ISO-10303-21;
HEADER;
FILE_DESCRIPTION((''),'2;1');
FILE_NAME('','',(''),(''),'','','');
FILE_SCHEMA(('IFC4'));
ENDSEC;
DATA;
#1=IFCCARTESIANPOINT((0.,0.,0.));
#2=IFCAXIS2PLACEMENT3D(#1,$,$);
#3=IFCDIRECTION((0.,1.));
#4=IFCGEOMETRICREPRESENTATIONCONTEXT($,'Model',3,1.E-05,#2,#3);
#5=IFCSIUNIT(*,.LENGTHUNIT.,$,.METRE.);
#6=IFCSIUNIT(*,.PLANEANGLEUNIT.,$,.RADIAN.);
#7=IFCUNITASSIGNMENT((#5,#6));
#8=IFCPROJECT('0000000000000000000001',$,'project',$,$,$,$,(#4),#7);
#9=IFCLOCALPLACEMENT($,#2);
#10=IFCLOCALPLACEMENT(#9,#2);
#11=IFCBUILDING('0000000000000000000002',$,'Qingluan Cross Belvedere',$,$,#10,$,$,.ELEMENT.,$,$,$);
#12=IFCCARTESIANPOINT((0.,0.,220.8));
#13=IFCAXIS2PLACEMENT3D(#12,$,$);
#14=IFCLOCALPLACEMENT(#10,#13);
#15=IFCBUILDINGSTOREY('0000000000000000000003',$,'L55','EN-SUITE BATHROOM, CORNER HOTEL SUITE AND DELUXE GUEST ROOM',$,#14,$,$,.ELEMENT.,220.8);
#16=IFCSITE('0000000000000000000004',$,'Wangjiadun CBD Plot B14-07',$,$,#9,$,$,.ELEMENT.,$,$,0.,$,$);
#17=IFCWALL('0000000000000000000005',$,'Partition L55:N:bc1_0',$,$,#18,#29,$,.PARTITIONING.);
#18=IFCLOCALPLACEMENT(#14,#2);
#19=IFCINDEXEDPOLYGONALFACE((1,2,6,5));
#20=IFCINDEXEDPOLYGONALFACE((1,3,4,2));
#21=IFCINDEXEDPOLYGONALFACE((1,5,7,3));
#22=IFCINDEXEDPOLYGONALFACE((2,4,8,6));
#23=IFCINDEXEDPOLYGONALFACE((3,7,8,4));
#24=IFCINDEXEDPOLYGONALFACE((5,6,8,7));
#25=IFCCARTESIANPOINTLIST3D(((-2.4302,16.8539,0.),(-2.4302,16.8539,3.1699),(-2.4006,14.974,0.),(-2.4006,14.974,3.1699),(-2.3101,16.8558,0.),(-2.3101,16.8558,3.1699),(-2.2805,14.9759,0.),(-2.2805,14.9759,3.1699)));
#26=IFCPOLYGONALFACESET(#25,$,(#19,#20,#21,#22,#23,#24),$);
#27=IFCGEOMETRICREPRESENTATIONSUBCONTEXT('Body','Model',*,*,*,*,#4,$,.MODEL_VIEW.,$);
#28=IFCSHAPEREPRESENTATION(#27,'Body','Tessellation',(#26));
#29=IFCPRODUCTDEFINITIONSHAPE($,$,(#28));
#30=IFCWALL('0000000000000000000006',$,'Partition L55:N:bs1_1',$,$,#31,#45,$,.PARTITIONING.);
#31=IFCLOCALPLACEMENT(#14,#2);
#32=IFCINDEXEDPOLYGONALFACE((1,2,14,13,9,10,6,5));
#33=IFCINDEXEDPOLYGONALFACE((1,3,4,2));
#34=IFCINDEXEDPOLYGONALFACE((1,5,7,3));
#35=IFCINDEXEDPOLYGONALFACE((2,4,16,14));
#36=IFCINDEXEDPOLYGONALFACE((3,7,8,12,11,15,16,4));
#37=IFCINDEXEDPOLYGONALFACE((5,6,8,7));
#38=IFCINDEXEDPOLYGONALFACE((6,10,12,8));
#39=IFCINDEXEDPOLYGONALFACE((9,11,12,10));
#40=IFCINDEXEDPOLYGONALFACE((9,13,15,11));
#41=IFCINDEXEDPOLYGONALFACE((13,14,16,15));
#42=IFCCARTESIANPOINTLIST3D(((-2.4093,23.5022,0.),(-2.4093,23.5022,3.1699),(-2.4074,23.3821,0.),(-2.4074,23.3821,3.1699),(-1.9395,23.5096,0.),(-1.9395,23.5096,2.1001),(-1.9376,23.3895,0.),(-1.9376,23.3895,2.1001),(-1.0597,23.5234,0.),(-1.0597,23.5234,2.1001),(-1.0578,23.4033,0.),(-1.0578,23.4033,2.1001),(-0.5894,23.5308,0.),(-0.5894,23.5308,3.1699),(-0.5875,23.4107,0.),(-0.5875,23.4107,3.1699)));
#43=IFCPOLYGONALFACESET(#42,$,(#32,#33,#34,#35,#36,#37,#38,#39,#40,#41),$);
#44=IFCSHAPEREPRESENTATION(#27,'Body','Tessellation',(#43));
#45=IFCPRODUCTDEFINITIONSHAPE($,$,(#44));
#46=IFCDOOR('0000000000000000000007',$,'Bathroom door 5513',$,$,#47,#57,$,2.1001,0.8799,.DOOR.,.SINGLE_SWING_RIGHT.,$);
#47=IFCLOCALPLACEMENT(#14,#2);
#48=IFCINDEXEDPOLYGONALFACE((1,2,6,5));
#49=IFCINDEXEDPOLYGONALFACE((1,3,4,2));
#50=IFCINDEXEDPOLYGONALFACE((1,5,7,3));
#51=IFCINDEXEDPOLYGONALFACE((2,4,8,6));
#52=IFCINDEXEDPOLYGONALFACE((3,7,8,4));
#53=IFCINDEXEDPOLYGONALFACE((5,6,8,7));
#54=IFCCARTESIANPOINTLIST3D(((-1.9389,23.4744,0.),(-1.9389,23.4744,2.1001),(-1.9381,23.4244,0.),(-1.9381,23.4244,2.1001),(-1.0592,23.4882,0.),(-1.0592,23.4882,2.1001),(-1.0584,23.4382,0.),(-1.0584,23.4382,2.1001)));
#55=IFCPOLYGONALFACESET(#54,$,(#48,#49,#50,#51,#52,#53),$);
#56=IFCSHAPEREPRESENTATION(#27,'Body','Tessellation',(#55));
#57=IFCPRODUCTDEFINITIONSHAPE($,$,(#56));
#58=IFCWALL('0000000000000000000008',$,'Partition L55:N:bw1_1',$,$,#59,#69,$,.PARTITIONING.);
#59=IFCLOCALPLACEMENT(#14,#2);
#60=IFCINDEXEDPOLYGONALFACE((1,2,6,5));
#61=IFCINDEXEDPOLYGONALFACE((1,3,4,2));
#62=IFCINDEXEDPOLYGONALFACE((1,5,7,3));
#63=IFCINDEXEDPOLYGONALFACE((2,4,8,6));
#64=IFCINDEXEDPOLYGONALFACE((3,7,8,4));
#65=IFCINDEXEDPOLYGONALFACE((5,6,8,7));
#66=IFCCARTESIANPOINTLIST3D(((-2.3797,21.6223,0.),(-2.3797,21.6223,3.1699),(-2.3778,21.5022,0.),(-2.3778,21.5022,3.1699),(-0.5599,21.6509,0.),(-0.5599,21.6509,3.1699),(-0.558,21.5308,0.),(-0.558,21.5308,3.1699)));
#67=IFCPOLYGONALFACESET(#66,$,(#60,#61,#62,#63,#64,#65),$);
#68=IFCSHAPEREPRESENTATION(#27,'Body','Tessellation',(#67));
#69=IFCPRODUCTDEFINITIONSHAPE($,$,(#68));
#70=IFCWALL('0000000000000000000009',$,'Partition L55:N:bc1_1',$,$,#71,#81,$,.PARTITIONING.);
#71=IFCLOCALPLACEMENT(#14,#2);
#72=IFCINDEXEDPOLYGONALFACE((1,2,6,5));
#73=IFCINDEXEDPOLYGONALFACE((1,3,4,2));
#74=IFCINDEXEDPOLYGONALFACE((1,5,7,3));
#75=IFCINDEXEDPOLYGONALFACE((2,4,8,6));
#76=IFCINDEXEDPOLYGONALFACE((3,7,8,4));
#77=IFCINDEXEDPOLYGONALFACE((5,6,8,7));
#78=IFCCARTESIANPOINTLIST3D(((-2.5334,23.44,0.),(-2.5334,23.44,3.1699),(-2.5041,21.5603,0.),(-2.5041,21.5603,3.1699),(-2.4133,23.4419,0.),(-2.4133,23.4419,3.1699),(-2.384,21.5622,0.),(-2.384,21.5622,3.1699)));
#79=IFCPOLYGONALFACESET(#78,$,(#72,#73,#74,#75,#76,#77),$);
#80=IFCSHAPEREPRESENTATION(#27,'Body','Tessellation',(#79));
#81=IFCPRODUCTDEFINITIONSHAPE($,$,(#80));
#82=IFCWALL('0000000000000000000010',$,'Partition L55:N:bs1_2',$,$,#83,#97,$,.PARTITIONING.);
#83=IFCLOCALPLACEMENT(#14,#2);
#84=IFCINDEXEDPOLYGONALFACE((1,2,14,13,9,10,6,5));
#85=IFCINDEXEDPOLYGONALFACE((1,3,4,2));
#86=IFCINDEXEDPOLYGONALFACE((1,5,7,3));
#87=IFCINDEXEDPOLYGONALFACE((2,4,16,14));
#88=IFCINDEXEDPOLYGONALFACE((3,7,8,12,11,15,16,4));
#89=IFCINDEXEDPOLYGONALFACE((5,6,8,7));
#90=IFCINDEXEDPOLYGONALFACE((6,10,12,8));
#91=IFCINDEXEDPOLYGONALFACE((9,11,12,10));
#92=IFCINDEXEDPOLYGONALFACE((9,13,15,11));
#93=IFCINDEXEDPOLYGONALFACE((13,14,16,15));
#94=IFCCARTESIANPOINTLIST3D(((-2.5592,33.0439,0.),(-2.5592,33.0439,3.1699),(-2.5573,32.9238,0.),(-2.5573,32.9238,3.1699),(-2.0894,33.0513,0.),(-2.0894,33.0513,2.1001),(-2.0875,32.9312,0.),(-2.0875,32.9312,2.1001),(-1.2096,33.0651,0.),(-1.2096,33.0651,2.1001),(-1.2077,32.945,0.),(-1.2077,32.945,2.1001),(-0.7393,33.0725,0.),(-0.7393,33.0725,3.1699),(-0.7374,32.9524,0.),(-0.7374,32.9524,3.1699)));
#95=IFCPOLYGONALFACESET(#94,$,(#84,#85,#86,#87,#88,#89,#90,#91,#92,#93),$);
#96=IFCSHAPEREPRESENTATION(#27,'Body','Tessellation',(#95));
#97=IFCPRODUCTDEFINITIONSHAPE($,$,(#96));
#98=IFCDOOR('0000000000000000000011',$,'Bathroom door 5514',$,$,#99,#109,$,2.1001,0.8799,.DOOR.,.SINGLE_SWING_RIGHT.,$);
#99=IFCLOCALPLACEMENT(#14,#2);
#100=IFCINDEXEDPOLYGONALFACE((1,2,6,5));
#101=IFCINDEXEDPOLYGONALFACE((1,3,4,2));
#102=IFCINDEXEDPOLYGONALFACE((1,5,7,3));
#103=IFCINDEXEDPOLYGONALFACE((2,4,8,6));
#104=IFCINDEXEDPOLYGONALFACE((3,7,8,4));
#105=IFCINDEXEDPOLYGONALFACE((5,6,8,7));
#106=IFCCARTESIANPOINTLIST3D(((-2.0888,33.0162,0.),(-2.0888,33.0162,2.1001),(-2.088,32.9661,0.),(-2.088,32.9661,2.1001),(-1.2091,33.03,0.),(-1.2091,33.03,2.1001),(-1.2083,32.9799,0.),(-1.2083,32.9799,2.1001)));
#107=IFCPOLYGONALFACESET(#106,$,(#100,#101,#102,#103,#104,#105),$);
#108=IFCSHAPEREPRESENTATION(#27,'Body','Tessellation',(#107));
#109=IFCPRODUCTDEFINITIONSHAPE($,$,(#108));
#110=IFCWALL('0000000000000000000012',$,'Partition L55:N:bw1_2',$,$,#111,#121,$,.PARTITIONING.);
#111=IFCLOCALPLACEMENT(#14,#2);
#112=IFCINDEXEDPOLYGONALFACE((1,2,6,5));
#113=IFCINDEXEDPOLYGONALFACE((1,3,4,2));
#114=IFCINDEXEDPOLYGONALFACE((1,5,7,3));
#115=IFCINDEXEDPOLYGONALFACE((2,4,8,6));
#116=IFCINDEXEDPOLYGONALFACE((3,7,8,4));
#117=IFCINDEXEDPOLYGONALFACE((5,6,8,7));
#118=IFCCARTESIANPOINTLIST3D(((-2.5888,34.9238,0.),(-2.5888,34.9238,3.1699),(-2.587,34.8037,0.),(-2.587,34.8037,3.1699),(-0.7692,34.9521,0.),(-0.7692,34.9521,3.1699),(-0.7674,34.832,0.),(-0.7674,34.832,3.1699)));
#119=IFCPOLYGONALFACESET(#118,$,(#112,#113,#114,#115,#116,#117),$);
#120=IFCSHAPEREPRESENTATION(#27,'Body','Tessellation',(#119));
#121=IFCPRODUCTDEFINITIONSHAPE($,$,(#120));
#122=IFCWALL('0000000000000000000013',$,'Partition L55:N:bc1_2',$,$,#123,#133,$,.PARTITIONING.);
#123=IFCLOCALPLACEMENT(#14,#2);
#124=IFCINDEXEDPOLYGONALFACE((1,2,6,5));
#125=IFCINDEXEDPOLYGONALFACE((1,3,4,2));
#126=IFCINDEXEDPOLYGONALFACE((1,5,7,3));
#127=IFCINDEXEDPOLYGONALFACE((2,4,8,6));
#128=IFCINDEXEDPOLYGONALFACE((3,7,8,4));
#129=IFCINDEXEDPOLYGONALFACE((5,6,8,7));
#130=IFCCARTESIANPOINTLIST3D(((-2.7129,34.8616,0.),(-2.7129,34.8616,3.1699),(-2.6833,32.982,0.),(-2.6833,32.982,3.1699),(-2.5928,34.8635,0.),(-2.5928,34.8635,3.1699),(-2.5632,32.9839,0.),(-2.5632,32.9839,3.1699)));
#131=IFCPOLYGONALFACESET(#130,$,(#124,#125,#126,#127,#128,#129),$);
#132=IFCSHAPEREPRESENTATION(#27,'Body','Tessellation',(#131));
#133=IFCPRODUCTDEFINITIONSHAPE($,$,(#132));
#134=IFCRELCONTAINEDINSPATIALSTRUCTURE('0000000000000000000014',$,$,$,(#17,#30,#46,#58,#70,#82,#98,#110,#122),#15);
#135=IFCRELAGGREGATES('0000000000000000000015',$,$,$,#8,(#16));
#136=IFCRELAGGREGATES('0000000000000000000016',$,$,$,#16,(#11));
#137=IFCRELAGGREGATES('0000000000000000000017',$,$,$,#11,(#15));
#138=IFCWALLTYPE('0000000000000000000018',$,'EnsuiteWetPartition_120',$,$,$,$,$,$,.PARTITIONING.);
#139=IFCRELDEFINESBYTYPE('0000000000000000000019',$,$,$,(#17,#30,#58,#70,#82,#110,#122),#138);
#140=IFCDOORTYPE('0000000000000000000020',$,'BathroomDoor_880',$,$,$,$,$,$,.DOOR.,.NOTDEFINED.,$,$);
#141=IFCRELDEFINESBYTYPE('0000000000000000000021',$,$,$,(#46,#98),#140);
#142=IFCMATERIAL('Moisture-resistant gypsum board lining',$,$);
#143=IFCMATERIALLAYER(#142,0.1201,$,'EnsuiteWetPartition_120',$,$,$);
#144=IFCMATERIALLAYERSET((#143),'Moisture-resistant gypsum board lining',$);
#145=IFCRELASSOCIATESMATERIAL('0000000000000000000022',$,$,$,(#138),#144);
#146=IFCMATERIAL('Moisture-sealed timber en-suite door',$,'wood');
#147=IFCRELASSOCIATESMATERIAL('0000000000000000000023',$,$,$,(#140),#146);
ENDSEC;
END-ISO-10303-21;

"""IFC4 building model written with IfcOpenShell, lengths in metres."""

from ifc_helpers import new_model, si_unit, direction, frame, frame_2d, origin, place, context, subcontext, project, spatial, rectangle, extrude, material, layer, layer_set, type_object, element, fill, save


model = new_model("IFC4")

# Units and contexts
model_context = context("Model", 3, precision=1e-05, world=origin(), true_north=direction((0.0, 1.0)))
body_context = subcontext(model_context, "Body", "Model", "MODEL_VIEW")
ifc_project = project(units=[si_unit("LENGTHUNIT", "METRE"), si_unit("PLANEANGLEUNIT", "RADIAN")], contexts=[model_context])

# Site, building, storey
site_placement = place(None, origin())
site = spatial("IfcSite", under=ifc_project, at=site_placement, Name="Wangjiadun CBD Plot B14-07", CompositionType="ELEMENT", RefElevation=0.0)
building_placement = place(site_placement, origin())
building = spatial("IfcBuilding", under=site, at=building_placement, Name="Qingluan Cross Belvedere", CompositionType="ELEMENT")
storey_placement = place(building_placement, frame((0.0, 0.0, 220.8)))
storey = spatial("IfcBuildingStorey", under=building, at=storey_placement, Name="L55", Description="EN-SUITE BATHROOM, CORNER HOTEL SUITE AND DELUXE GUEST ROOM", CompositionType="ELEMENT", Elevation=220.8)

# Shared definitions
ifc_material_1 = material(Name="Moisture-resistant gypsum board lining")
ifc_layer_1 = layer(ifc_material_1, 0.1201, Name="EnsuiteWetPartition_120")
ifc_layer_set_1 = layer_set([ifc_layer_1], Name="Moisture-resistant gypsum board lining")
wall_type_1 = type_object("IfcWallType", Name="EnsuiteWetPartition_120", PredefinedType="PARTITIONING", material=ifc_layer_set_1)
ifc_material_2 = material(Name="Moisture-sealed timber en-suite door", Category="wood")
door_type = type_object("IfcDoorType", Name="BathroomDoor_880", OperationType="NOTDEFINED", PredefinedType="DOOR", material=ifc_material_2)

# Wall
wall_1_placement = place(storey_placement, frame((-2.3406, 14.9751, 0.0), z_axis=(0.0, 0.0, 1.0), x_axis=(-0.015712, 0.999877, 0.0)))
element("IfcWall", 1, at=wall_1_placement, inside=storey, type_object=wall_type_1, Name="Partition L55:N:bc1_0", PredefinedType="PARTITIONING", context=body_context, shape_type="SweptSolid", body=[
    extrude(rectangle(XDim=1.8801, YDim=0.1201, at=frame_2d((0.9399, 0.0))), origin(), (0.0, 0.0, 1.0), 3.1699),
])

# Wall, opening, door
wall_2_placement = place(storey_placement, frame((-2.4084, 23.4421, 0.0), z_axis=(0.0, 0.0, 1.0), x_axis=(0.999877, 0.015694, 0.0)))
wall_2 = element("IfcWall", 2, at=wall_2_placement, inside=storey, type_object=wall_type_1, Name="Partition L55:N:bs1_1", PredefinedType="PARTITIONING", context=body_context, shape_type="SweptSolid", body=[
    extrude(rectangle(XDim=1.8201, YDim=0.1201, at=frame_2d((0.9102, 0.0))), origin(), (0.0, 0.0, 1.0), 3.1699),
])
opening_1_placement = place(wall_2_placement, frame((0.47, 0.0, 0.0)))
opening_1 = element("IfcOpeningElement", 3, at=opening_1_placement, cuts=wall_2, PredefinedType="OPENING", context=body_context, shape_type="SweptSolid", body=[
    extrude(rectangle(XDim=0.8799, YDim=2.1001, at=frame_2d((0.4399, 1.05))), frame((0.0, 0.0701, 0.0), z_axis=(0.0, -1.0, 0.0), x_axis=(1.0, 0.0, 0.0)), (0.0, 0.0, 1.0), 0.1401),
])
door_1_placement = place(opening_1_placement, origin())
door_1 = element("IfcDoor", 4, at=door_1_placement, inside=storey, type_object=door_type, Name="Bathroom door 5513", OperationType="SINGLE_SWING_RIGHT", OverallHeight=2.1001, OverallWidth=0.8799, PredefinedType="DOOR", context=body_context, shape_type="SweptSolid", body=[
    extrude(rectangle(XDim=0.8799, YDim=2.1001, at=frame_2d((0.4399, 1.05))), frame((0.0, 0.0249, 0.0), z_axis=(0.0, -1.0, 0.0), x_axis=(1.0, 0.0, 0.0)), (0.0, 0.0, 1.0), 0.05),
])
fill(opening_1, door_1)

# Walls
wall_3_placement = place(storey_placement, frame((-2.3789, 21.5623, 0.0), z_axis=(0.0, 0.0, 1.0), x_axis=(0.999877, 0.015694, 0.0)))
element("IfcWall", 5, at=wall_3_placement, inside=storey, type_object=wall_type_1, Name="Partition L55:N:bw1_1", PredefinedType="PARTITIONING", context=body_context, shape_type="SweptSolid", body=[
    extrude(rectangle(XDim=1.8201, YDim=0.1201, at=frame_2d((0.9102, 0.0))), origin(), (0.0, 0.0, 1.0), 3.1699),
])
wall_4_placement = place(storey_placement, frame((-2.4441, 21.5613, 0.0), z_axis=(0.0, 0.0, 1.0), x_axis=(-0.015585, 0.999879, 0.0)))
element("IfcWall", 6, at=wall_4_placement, inside=storey, type_object=wall_type_1, Name="Partition L55:N:bc1_1", PredefinedType="PARTITIONING", context=body_context, shape_type="SweptSolid", body=[
    extrude(rectangle(XDim=1.8799, YDim=0.1201, at=frame_2d((0.9399, 0.0))), origin(), (0.0, 0.0, 1.0), 3.1699),
])

# Wall, opening, door
wall_5_placement = place(storey_placement, frame((-2.5583, 32.9839, 0.0), z_axis=(0.0, 0.0, 1.0), x_axis=(0.999877, 0.015694, 0.0)))
wall_5 = element("IfcWall", 7, at=wall_5_placement, inside=storey, type_object=wall_type_1, Name="Partition L55:N:bs1_2", PredefinedType="PARTITIONING", context=body_context, shape_type="SweptSolid", body=[
    extrude(rectangle(XDim=1.8201, YDim=0.1201, at=frame_2d((0.9102, 0.0))), origin(), (0.0, 0.0, 1.0), 3.1699),
])
opening_2_placement = place(wall_5_placement, frame((0.47, 0.0, 0.0)))
opening_2 = element("IfcOpeningElement", 8, at=opening_2_placement, cuts=wall_5, PredefinedType="OPENING", context=body_context, shape_type="SweptSolid", body=[
    extrude(rectangle(XDim=0.8799, YDim=2.1001, at=frame_2d((0.4399, 1.05))), frame((0.0, 0.0701, 0.0), z_axis=(0.0, -1.0, 0.0), x_axis=(1.0, 0.0, 0.0)), (0.0, 0.0, 1.0), 0.1401),
])
door_2_placement = place(opening_2_placement, origin())
door_2 = element("IfcDoor", 9, at=door_2_placement, inside=storey, type_object=door_type, Name="Bathroom door 5514", OperationType="SINGLE_SWING_RIGHT", OverallHeight=2.1001, OverallWidth=0.8799, PredefinedType="DOOR", context=body_context, shape_type="SweptSolid", body=[
    extrude(rectangle(XDim=0.8799, YDim=2.1001, at=frame_2d((0.4399, 1.05))), frame((0.0, 0.0249, 0.0), z_axis=(0.0, -1.0, 0.0), x_axis=(1.0, 0.0, 0.0)), (0.0, 0.0, 1.0), 0.05),
])
fill(opening_2, door_2)

# Walls
wall_6_placement = place(storey_placement, frame((-2.5879, 34.8638, 0.0), z_axis=(0.0, 0.0, 1.0), x_axis=(0.999879, 0.015562, 0.0)))
element("IfcWall", 10, at=wall_6_placement, inside=storey, type_object=wall_type_1, Name="Partition L55:N:bw1_2", PredefinedType="PARTITIONING", context=body_context, shape_type="SweptSolid", body=[
    extrude(rectangle(XDim=1.8198, YDim=0.1201, at=frame_2d((0.9099, 0.0))), origin(), (0.0, 0.0, 1.0), 3.1699),
])
wall_7_placement = place(storey_placement, frame((-2.6233, 32.9829, 0.0), z_axis=(0.0, 0.0, 1.0), x_axis=(-0.015714, 0.999877, 0.0)))
element("IfcWall", 11, at=wall_7_placement, inside=storey, type_object=wall_type_1, Name="Partition L55:N:bc1_2", PredefinedType="PARTITIONING", context=body_context, shape_type="SweptSolid", body=[
    extrude(rectangle(XDim=1.8799, YDim=0.1201, at=frame_2d((0.9399, 0.0))), origin(), (0.0, 0.0, 1.0), 3.1699),
])

save(model, "model.ifc")
